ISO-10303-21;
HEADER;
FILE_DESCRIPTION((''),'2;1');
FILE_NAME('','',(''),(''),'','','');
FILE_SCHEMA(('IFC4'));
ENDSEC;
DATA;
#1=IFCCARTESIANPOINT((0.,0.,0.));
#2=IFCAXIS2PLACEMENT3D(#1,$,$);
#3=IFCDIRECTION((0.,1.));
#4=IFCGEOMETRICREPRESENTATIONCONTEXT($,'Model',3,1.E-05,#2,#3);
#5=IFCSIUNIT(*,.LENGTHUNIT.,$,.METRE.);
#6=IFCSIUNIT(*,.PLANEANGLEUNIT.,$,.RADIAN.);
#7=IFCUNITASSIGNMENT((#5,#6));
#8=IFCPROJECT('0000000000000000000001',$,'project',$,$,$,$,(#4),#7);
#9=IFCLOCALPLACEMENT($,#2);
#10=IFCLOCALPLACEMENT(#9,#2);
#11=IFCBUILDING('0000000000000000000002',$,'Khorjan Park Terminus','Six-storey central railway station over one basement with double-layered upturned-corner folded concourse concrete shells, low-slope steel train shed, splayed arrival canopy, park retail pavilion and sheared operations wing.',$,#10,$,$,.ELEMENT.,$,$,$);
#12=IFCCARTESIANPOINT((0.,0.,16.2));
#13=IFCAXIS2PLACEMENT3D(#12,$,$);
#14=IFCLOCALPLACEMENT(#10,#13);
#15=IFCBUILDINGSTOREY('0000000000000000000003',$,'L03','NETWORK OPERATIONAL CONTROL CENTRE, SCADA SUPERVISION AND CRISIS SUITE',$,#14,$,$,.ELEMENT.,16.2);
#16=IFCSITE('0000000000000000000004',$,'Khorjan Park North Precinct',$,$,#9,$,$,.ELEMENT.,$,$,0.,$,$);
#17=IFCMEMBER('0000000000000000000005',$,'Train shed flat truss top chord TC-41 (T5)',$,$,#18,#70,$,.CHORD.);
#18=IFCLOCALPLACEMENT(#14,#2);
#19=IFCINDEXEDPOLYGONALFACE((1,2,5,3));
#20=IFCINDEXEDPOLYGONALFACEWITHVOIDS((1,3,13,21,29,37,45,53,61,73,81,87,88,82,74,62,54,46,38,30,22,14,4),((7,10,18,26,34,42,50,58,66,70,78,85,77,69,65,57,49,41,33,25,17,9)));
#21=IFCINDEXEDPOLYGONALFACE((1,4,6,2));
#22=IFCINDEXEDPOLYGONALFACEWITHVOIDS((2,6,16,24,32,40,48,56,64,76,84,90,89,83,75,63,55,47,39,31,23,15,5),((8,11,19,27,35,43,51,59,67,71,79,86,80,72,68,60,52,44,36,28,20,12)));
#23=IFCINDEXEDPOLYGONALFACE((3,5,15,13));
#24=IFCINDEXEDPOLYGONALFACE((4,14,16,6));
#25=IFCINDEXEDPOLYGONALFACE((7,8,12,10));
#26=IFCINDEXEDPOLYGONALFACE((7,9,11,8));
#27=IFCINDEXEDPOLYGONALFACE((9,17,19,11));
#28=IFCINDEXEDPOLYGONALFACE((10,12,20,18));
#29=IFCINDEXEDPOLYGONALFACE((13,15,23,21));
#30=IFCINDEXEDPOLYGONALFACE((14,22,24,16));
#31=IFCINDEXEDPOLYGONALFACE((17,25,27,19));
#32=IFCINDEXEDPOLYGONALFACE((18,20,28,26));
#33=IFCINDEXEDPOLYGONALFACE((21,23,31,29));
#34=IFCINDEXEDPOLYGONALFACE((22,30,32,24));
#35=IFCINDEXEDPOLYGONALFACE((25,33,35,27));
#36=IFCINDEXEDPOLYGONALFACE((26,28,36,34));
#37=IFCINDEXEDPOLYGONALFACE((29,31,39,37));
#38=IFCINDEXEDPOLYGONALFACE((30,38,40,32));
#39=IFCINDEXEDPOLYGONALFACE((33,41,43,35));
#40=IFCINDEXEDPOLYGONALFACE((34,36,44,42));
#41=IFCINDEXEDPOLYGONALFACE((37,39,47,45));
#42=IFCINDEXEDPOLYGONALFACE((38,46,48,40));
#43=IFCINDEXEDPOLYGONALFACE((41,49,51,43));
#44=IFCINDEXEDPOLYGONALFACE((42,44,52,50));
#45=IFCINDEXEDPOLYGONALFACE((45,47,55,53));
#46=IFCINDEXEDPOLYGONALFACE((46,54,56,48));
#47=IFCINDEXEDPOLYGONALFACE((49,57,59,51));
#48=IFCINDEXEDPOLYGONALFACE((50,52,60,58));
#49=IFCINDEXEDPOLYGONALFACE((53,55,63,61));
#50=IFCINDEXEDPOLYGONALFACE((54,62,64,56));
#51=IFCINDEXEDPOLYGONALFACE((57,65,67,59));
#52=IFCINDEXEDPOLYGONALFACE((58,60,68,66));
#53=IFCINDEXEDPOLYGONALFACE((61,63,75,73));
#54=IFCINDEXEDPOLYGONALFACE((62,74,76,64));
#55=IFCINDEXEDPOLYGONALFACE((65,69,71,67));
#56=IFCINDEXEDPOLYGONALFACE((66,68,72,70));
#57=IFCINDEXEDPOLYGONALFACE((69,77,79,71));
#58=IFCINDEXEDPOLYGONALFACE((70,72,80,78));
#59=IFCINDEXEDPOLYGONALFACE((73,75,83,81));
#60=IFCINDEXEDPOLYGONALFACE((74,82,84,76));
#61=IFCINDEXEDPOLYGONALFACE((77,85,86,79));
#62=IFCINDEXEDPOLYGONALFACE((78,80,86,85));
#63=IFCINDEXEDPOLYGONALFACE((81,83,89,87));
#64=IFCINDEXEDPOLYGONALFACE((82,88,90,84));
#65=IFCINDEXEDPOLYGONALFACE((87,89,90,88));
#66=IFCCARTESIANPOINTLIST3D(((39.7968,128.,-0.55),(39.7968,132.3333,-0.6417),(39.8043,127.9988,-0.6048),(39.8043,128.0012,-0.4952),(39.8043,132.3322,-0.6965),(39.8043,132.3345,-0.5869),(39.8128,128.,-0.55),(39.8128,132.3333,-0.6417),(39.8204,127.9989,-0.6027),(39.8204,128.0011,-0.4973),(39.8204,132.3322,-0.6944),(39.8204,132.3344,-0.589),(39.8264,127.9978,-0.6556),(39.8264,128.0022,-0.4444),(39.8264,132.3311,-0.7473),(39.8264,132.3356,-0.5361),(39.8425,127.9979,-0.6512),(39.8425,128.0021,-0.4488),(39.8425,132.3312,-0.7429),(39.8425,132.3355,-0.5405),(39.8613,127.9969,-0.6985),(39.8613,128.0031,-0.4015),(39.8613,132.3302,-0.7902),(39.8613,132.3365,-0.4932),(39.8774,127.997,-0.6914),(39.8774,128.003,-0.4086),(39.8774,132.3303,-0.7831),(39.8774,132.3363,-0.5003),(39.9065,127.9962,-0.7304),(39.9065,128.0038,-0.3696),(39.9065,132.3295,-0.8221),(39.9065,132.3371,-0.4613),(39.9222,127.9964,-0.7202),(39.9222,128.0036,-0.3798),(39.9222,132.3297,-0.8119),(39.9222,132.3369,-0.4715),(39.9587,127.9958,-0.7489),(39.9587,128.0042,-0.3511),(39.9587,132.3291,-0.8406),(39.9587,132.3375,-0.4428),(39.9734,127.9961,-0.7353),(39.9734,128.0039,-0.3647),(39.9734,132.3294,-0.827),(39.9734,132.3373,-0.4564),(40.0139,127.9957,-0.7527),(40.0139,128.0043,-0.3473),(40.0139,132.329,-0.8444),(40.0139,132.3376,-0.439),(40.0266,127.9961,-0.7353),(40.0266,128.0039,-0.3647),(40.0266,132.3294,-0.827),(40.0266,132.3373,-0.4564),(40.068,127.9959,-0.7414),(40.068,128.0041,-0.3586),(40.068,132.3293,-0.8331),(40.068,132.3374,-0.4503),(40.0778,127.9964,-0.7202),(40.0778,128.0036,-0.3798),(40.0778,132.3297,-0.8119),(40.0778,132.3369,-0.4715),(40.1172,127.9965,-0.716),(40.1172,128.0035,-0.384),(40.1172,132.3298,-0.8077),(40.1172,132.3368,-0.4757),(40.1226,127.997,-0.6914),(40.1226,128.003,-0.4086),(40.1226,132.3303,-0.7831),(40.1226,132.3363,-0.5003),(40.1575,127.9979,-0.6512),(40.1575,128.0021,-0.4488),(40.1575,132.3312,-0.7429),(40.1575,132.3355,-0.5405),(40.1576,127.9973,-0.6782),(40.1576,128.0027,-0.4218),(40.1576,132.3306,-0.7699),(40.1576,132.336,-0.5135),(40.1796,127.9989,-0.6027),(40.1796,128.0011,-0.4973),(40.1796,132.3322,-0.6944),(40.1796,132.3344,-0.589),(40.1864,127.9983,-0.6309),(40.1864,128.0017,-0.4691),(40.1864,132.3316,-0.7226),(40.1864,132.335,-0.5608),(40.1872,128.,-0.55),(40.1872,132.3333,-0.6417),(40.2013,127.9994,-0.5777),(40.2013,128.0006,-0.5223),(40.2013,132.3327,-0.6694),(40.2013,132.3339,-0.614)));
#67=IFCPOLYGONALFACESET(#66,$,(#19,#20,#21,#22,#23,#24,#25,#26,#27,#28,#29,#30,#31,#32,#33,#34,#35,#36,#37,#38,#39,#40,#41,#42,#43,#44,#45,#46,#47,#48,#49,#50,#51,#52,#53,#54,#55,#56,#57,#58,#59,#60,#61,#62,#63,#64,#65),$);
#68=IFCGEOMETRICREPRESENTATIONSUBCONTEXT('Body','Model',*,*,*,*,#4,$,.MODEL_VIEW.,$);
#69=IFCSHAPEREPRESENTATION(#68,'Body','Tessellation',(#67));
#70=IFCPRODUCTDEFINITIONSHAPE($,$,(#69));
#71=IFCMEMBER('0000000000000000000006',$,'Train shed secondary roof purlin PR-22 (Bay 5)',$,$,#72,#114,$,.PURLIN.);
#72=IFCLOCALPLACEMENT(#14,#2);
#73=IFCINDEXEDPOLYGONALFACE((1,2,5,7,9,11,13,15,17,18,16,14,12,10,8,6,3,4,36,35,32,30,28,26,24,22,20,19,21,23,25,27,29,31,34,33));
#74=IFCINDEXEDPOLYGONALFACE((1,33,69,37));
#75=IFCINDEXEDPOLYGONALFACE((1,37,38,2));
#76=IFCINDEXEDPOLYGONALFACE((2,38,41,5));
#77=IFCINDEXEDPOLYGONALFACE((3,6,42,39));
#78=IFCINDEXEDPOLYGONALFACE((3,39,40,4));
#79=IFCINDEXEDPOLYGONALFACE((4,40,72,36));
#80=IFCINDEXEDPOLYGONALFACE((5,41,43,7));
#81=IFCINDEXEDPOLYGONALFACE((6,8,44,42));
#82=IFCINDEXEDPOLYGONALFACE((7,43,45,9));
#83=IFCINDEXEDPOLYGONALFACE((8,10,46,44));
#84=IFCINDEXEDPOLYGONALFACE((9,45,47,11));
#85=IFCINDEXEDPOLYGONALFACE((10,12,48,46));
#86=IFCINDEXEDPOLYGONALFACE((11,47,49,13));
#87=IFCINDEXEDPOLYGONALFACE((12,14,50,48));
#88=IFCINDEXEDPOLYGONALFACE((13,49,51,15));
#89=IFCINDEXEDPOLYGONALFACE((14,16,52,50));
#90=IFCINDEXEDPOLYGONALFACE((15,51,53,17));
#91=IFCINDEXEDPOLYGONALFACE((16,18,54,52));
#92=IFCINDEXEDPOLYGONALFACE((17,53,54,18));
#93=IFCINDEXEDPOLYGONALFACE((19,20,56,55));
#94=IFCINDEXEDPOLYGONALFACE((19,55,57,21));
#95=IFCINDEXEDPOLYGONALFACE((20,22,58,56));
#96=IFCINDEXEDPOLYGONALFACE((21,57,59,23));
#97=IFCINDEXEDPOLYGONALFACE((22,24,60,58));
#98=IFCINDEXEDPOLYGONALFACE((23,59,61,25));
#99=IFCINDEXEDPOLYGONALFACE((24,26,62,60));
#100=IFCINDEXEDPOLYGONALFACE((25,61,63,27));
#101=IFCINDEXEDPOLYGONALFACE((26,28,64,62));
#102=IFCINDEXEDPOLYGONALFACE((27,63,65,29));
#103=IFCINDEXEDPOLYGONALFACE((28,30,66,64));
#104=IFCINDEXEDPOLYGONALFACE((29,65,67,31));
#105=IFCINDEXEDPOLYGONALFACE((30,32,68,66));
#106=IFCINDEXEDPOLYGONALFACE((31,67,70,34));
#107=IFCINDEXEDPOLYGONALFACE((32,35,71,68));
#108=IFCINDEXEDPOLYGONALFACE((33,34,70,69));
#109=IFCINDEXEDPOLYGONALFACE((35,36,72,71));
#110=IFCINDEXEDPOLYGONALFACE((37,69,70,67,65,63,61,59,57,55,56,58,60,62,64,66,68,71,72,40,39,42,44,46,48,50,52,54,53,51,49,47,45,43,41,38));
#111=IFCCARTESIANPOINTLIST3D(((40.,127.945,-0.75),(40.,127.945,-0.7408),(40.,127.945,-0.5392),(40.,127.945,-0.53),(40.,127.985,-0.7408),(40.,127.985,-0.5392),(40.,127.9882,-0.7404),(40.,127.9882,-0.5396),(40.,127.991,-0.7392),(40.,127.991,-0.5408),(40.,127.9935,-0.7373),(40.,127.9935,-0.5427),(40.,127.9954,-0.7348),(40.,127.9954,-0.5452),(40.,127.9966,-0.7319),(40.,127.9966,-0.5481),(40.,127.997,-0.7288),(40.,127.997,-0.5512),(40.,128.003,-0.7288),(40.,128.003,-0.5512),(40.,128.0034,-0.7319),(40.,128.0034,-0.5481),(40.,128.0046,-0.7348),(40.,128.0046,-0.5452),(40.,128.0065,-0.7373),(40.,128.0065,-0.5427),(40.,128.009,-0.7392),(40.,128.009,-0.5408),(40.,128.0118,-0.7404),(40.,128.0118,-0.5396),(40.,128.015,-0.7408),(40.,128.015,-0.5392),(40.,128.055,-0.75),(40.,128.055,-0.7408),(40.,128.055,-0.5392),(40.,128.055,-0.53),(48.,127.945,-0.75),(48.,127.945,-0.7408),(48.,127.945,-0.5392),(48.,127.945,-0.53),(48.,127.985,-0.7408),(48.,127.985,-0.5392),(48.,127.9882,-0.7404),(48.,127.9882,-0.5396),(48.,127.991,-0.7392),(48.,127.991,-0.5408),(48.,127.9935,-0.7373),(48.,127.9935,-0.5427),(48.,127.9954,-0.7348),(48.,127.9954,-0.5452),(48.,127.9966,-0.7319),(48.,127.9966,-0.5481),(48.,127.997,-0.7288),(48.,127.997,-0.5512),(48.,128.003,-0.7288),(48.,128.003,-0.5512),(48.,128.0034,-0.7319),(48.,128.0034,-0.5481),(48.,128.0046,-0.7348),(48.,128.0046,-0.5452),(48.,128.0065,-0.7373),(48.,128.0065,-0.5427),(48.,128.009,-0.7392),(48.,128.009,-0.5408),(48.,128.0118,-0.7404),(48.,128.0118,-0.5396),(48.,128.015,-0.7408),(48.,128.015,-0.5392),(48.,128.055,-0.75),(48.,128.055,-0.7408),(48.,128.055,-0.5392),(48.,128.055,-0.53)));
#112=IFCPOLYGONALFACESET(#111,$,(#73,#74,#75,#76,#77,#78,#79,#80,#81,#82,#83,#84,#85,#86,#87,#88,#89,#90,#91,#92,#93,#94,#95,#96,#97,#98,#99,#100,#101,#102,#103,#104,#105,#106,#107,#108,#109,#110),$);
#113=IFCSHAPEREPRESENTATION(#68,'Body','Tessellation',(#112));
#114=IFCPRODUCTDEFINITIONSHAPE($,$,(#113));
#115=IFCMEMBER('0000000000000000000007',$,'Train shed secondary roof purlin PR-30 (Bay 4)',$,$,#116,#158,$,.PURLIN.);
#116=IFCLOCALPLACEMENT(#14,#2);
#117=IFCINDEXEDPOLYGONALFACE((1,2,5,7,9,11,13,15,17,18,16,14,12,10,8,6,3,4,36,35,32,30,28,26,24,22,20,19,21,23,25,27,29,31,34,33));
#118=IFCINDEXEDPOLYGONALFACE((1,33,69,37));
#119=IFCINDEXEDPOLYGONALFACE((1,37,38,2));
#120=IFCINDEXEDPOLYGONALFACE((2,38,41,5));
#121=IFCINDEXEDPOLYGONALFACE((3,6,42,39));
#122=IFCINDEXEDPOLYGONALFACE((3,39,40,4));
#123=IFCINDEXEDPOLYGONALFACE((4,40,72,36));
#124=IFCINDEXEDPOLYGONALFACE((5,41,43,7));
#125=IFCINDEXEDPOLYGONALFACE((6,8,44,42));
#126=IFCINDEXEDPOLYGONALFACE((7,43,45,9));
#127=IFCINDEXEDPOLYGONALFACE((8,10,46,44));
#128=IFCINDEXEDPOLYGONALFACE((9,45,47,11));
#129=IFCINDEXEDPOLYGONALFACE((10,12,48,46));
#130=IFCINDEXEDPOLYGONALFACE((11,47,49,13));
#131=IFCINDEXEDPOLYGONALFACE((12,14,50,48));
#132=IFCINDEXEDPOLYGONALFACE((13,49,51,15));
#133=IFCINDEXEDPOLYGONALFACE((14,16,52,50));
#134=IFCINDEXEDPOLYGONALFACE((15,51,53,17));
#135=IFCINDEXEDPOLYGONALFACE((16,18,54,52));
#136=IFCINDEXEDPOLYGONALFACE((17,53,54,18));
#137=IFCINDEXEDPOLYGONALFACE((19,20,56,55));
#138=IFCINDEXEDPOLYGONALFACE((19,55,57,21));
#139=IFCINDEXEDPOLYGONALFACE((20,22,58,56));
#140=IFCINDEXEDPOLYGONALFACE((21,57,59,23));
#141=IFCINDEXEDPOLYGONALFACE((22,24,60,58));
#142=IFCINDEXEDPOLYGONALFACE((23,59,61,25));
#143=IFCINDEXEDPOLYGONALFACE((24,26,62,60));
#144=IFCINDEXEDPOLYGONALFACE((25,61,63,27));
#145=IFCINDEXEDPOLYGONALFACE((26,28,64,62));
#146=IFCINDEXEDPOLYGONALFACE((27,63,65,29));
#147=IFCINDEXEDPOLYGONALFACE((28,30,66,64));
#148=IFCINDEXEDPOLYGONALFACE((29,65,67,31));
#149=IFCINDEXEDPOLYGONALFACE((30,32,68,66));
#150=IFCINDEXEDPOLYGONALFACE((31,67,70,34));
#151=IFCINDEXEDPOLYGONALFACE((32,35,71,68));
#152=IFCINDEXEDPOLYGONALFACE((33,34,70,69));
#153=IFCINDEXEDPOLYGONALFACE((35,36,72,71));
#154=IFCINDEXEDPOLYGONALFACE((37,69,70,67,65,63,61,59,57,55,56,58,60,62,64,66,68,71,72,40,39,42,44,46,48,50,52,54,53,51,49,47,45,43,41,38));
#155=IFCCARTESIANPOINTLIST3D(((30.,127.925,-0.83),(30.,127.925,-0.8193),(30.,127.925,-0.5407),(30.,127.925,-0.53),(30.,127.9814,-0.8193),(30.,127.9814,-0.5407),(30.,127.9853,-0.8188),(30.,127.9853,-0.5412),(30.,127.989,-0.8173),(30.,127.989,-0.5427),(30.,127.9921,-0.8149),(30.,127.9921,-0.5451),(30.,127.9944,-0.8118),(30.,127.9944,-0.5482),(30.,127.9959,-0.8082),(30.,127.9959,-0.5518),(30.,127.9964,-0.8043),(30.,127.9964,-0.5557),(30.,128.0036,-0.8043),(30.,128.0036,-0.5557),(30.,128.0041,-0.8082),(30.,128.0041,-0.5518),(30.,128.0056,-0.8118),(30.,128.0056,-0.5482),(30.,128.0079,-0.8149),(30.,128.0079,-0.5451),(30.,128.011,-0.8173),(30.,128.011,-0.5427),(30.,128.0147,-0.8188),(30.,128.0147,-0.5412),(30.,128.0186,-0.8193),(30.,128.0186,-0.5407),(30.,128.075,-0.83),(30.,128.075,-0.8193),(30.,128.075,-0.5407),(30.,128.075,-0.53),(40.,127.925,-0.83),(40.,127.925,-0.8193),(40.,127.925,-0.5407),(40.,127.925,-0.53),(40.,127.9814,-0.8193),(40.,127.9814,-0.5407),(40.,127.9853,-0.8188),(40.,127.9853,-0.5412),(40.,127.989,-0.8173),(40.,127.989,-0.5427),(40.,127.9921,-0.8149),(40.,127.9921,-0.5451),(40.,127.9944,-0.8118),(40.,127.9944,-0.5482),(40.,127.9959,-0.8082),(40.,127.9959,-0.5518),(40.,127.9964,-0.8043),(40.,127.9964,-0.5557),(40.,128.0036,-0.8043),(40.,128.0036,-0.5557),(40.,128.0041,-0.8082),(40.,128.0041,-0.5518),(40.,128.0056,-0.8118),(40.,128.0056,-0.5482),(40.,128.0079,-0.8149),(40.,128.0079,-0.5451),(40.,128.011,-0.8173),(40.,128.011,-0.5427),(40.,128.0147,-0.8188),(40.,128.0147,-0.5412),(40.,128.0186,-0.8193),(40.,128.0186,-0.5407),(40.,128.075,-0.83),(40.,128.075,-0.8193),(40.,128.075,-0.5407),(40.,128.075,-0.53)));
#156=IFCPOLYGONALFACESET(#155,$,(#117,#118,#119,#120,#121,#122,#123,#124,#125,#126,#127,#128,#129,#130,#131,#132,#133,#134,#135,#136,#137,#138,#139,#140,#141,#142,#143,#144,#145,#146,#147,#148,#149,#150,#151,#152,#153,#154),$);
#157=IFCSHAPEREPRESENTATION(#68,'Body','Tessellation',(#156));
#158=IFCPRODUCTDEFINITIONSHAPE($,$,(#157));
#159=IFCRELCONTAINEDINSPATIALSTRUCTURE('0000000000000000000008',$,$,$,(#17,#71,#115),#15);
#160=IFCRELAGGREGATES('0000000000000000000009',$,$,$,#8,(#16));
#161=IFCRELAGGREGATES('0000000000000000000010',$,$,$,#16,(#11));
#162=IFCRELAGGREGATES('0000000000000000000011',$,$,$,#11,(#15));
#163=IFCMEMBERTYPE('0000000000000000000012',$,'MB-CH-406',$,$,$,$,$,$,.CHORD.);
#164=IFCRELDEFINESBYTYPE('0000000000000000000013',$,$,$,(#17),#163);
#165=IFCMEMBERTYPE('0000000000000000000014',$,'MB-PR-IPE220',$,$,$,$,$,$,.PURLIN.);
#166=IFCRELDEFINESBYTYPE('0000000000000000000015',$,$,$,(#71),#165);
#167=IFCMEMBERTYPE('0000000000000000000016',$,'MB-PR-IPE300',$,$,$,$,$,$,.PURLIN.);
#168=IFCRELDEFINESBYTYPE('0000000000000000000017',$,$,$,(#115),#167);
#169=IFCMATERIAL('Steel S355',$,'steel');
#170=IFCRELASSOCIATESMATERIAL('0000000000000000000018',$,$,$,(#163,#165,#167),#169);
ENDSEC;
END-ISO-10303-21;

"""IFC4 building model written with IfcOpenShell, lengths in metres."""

from ifc_helpers import new_model, si_unit, direction, frame, origin, origin_2d, place, context, subcontext, project, spatial, hollow_circle, i_section, extrude, material, material_profile, profile_set, type_object, element, save


model = new_model("IFC4")

# Units and contexts
model_context = context("Model", 3, precision=1e-05, world=origin(), true_north=direction((0.0, 1.0)))
body_context = subcontext(model_context, "Body", "Model", "MODEL_VIEW")
ifc_project = project(units=[si_unit("LENGTHUNIT", "METRE"), si_unit("PLANEANGLEUNIT", "RADIAN")], contexts=[model_context])

# Site, building, storey
site_placement = place(None, origin())
site = spatial("IfcSite", under=ifc_project, at=site_placement, Name="Khorjan Park North Precinct", CompositionType="ELEMENT", RefElevation=0.0)
building_placement = place(site_placement, origin())
building = spatial("IfcBuilding", under=site, at=building_placement, Name="Khorjan Park Terminus", Description="Six-storey central railway station over one basement with double-layered upturned-corner folded concourse concrete shells, low-slope steel train shed, splayed arrival canopy, park retail pavilion and sheared operations wing.", CompositionType="ELEMENT")
storey_placement = place(building_placement, frame((0.0, 0.0, 16.2)))
storey = spatial("IfcBuildingStorey", under=building, at=storey_placement, Name="L03", Description="NETWORK OPERATIONAL CONTROL CENTRE, SCADA SUPERVISION AND CRISIS SUITE", CompositionType="ELEMENT", Elevation=16.2)

# Members
ifc_material_1 = material(Name="Steel S355", Category="steel")
ifc_material_profile_1 = material_profile(ifc_material_1, hollow_circle(Radius=0.2032, WallThickness=0.016, at=origin_2d()), Name="CHS 406.4x16")
ifc_profile_set_1 = profile_set([ifc_material_profile_1], Name="Steel S355")
member_type_1 = type_object("IfcMemberType", Name="MB-CH-406", PredefinedType="CHORD", material=ifc_profile_set_1)
member_1_placement = place(storey_placement, frame((40.0, 128.0, -0.55), z_axis=(0.0, 0.999776, -0.021157), x_axis=(-1.0, 0.0, 0.0)))
element("IfcMember", 1, at=member_1_placement, inside=storey, type_object=member_type_1, Name="Train shed flat truss top chord TC-41 (T5)", PredefinedType="CHORD", context=body_context, shape_type="SweptSolid", body=[
    extrude(hollow_circle(Radius=0.2032, WallThickness=0.016, at=origin_2d()), origin(), (0.0, 0.0, 1.0), 4.3343),
])
ifc_material_profile_2 = material_profile(ifc_material_1, i_section(OverallWidth=0.11, OverallDepth=0.22, WebThickness=0.0059, FlangeThickness=0.0092, FilletRadius=0.012, at=origin_2d()), Name="IPE 220")
ifc_profile_set_2 = profile_set([ifc_material_profile_2], Name="Steel S355")
member_type_2 = type_object("IfcMemberType", Name="MB-PR-IPE220", PredefinedType="PURLIN", material=ifc_profile_set_2)
member_2_placement = place(storey_placement, frame((40.0, 128.0, -0.64), z_axis=(1.0, 0.0, 0.0), x_axis=(0.0, 1.0, 0.0)))
element("IfcMember", 2, at=member_2_placement, inside=storey, type_object=member_type_2, Name="Train shed secondary roof purlin PR-22 (Bay 5)", PredefinedType="PURLIN", context=body_context, shape_type="SweptSolid", body=[
    extrude(i_section(OverallWidth=0.11, OverallDepth=0.22, WebThickness=0.0059, FlangeThickness=0.0092, FilletRadius=0.012, at=origin_2d()), origin(), (0.0, 0.0, 1.0), 8.0),
])
ifc_material_profile_3 = material_profile(ifc_material_1, i_section(OverallWidth=0.15, OverallDepth=0.3, WebThickness=0.0071, FlangeThickness=0.0107, FilletRadius=0.015, at=origin_2d()), Name="IPE 300")
ifc_profile_set_3 = profile_set([ifc_material_profile_3], Name="Steel S355")
member_type_3 = type_object("IfcMemberType", Name="MB-PR-IPE300", PredefinedType="PURLIN", material=ifc_profile_set_3)
for number, where, z_axis, x_axis, name in (
    (3, (30.0, 128.0, -0.68), (1.0, 0.0, 0.0), (0.0, 1.0, 0.0), "Train shed secondary roof purlin PR-30 (Bay 4)"),
):
    element("IfcMember", number, at=place(storey_placement, frame(where, z_axis=z_axis, x_axis=x_axis)), inside=storey, type_object=member_type_3, Name=name, PredefinedType="PURLIN", context=body_context, shape_type="SweptSolid", body=[
        extrude(i_section(OverallWidth=0.15, OverallDepth=0.3, WebThickness=0.0071, FlangeThickness=0.0107, FilletRadius=0.015, at=origin_2d()), origin(), (0.0, 0.0, 1.0), 10.0),
    ])

save(model, "model.ifc")
